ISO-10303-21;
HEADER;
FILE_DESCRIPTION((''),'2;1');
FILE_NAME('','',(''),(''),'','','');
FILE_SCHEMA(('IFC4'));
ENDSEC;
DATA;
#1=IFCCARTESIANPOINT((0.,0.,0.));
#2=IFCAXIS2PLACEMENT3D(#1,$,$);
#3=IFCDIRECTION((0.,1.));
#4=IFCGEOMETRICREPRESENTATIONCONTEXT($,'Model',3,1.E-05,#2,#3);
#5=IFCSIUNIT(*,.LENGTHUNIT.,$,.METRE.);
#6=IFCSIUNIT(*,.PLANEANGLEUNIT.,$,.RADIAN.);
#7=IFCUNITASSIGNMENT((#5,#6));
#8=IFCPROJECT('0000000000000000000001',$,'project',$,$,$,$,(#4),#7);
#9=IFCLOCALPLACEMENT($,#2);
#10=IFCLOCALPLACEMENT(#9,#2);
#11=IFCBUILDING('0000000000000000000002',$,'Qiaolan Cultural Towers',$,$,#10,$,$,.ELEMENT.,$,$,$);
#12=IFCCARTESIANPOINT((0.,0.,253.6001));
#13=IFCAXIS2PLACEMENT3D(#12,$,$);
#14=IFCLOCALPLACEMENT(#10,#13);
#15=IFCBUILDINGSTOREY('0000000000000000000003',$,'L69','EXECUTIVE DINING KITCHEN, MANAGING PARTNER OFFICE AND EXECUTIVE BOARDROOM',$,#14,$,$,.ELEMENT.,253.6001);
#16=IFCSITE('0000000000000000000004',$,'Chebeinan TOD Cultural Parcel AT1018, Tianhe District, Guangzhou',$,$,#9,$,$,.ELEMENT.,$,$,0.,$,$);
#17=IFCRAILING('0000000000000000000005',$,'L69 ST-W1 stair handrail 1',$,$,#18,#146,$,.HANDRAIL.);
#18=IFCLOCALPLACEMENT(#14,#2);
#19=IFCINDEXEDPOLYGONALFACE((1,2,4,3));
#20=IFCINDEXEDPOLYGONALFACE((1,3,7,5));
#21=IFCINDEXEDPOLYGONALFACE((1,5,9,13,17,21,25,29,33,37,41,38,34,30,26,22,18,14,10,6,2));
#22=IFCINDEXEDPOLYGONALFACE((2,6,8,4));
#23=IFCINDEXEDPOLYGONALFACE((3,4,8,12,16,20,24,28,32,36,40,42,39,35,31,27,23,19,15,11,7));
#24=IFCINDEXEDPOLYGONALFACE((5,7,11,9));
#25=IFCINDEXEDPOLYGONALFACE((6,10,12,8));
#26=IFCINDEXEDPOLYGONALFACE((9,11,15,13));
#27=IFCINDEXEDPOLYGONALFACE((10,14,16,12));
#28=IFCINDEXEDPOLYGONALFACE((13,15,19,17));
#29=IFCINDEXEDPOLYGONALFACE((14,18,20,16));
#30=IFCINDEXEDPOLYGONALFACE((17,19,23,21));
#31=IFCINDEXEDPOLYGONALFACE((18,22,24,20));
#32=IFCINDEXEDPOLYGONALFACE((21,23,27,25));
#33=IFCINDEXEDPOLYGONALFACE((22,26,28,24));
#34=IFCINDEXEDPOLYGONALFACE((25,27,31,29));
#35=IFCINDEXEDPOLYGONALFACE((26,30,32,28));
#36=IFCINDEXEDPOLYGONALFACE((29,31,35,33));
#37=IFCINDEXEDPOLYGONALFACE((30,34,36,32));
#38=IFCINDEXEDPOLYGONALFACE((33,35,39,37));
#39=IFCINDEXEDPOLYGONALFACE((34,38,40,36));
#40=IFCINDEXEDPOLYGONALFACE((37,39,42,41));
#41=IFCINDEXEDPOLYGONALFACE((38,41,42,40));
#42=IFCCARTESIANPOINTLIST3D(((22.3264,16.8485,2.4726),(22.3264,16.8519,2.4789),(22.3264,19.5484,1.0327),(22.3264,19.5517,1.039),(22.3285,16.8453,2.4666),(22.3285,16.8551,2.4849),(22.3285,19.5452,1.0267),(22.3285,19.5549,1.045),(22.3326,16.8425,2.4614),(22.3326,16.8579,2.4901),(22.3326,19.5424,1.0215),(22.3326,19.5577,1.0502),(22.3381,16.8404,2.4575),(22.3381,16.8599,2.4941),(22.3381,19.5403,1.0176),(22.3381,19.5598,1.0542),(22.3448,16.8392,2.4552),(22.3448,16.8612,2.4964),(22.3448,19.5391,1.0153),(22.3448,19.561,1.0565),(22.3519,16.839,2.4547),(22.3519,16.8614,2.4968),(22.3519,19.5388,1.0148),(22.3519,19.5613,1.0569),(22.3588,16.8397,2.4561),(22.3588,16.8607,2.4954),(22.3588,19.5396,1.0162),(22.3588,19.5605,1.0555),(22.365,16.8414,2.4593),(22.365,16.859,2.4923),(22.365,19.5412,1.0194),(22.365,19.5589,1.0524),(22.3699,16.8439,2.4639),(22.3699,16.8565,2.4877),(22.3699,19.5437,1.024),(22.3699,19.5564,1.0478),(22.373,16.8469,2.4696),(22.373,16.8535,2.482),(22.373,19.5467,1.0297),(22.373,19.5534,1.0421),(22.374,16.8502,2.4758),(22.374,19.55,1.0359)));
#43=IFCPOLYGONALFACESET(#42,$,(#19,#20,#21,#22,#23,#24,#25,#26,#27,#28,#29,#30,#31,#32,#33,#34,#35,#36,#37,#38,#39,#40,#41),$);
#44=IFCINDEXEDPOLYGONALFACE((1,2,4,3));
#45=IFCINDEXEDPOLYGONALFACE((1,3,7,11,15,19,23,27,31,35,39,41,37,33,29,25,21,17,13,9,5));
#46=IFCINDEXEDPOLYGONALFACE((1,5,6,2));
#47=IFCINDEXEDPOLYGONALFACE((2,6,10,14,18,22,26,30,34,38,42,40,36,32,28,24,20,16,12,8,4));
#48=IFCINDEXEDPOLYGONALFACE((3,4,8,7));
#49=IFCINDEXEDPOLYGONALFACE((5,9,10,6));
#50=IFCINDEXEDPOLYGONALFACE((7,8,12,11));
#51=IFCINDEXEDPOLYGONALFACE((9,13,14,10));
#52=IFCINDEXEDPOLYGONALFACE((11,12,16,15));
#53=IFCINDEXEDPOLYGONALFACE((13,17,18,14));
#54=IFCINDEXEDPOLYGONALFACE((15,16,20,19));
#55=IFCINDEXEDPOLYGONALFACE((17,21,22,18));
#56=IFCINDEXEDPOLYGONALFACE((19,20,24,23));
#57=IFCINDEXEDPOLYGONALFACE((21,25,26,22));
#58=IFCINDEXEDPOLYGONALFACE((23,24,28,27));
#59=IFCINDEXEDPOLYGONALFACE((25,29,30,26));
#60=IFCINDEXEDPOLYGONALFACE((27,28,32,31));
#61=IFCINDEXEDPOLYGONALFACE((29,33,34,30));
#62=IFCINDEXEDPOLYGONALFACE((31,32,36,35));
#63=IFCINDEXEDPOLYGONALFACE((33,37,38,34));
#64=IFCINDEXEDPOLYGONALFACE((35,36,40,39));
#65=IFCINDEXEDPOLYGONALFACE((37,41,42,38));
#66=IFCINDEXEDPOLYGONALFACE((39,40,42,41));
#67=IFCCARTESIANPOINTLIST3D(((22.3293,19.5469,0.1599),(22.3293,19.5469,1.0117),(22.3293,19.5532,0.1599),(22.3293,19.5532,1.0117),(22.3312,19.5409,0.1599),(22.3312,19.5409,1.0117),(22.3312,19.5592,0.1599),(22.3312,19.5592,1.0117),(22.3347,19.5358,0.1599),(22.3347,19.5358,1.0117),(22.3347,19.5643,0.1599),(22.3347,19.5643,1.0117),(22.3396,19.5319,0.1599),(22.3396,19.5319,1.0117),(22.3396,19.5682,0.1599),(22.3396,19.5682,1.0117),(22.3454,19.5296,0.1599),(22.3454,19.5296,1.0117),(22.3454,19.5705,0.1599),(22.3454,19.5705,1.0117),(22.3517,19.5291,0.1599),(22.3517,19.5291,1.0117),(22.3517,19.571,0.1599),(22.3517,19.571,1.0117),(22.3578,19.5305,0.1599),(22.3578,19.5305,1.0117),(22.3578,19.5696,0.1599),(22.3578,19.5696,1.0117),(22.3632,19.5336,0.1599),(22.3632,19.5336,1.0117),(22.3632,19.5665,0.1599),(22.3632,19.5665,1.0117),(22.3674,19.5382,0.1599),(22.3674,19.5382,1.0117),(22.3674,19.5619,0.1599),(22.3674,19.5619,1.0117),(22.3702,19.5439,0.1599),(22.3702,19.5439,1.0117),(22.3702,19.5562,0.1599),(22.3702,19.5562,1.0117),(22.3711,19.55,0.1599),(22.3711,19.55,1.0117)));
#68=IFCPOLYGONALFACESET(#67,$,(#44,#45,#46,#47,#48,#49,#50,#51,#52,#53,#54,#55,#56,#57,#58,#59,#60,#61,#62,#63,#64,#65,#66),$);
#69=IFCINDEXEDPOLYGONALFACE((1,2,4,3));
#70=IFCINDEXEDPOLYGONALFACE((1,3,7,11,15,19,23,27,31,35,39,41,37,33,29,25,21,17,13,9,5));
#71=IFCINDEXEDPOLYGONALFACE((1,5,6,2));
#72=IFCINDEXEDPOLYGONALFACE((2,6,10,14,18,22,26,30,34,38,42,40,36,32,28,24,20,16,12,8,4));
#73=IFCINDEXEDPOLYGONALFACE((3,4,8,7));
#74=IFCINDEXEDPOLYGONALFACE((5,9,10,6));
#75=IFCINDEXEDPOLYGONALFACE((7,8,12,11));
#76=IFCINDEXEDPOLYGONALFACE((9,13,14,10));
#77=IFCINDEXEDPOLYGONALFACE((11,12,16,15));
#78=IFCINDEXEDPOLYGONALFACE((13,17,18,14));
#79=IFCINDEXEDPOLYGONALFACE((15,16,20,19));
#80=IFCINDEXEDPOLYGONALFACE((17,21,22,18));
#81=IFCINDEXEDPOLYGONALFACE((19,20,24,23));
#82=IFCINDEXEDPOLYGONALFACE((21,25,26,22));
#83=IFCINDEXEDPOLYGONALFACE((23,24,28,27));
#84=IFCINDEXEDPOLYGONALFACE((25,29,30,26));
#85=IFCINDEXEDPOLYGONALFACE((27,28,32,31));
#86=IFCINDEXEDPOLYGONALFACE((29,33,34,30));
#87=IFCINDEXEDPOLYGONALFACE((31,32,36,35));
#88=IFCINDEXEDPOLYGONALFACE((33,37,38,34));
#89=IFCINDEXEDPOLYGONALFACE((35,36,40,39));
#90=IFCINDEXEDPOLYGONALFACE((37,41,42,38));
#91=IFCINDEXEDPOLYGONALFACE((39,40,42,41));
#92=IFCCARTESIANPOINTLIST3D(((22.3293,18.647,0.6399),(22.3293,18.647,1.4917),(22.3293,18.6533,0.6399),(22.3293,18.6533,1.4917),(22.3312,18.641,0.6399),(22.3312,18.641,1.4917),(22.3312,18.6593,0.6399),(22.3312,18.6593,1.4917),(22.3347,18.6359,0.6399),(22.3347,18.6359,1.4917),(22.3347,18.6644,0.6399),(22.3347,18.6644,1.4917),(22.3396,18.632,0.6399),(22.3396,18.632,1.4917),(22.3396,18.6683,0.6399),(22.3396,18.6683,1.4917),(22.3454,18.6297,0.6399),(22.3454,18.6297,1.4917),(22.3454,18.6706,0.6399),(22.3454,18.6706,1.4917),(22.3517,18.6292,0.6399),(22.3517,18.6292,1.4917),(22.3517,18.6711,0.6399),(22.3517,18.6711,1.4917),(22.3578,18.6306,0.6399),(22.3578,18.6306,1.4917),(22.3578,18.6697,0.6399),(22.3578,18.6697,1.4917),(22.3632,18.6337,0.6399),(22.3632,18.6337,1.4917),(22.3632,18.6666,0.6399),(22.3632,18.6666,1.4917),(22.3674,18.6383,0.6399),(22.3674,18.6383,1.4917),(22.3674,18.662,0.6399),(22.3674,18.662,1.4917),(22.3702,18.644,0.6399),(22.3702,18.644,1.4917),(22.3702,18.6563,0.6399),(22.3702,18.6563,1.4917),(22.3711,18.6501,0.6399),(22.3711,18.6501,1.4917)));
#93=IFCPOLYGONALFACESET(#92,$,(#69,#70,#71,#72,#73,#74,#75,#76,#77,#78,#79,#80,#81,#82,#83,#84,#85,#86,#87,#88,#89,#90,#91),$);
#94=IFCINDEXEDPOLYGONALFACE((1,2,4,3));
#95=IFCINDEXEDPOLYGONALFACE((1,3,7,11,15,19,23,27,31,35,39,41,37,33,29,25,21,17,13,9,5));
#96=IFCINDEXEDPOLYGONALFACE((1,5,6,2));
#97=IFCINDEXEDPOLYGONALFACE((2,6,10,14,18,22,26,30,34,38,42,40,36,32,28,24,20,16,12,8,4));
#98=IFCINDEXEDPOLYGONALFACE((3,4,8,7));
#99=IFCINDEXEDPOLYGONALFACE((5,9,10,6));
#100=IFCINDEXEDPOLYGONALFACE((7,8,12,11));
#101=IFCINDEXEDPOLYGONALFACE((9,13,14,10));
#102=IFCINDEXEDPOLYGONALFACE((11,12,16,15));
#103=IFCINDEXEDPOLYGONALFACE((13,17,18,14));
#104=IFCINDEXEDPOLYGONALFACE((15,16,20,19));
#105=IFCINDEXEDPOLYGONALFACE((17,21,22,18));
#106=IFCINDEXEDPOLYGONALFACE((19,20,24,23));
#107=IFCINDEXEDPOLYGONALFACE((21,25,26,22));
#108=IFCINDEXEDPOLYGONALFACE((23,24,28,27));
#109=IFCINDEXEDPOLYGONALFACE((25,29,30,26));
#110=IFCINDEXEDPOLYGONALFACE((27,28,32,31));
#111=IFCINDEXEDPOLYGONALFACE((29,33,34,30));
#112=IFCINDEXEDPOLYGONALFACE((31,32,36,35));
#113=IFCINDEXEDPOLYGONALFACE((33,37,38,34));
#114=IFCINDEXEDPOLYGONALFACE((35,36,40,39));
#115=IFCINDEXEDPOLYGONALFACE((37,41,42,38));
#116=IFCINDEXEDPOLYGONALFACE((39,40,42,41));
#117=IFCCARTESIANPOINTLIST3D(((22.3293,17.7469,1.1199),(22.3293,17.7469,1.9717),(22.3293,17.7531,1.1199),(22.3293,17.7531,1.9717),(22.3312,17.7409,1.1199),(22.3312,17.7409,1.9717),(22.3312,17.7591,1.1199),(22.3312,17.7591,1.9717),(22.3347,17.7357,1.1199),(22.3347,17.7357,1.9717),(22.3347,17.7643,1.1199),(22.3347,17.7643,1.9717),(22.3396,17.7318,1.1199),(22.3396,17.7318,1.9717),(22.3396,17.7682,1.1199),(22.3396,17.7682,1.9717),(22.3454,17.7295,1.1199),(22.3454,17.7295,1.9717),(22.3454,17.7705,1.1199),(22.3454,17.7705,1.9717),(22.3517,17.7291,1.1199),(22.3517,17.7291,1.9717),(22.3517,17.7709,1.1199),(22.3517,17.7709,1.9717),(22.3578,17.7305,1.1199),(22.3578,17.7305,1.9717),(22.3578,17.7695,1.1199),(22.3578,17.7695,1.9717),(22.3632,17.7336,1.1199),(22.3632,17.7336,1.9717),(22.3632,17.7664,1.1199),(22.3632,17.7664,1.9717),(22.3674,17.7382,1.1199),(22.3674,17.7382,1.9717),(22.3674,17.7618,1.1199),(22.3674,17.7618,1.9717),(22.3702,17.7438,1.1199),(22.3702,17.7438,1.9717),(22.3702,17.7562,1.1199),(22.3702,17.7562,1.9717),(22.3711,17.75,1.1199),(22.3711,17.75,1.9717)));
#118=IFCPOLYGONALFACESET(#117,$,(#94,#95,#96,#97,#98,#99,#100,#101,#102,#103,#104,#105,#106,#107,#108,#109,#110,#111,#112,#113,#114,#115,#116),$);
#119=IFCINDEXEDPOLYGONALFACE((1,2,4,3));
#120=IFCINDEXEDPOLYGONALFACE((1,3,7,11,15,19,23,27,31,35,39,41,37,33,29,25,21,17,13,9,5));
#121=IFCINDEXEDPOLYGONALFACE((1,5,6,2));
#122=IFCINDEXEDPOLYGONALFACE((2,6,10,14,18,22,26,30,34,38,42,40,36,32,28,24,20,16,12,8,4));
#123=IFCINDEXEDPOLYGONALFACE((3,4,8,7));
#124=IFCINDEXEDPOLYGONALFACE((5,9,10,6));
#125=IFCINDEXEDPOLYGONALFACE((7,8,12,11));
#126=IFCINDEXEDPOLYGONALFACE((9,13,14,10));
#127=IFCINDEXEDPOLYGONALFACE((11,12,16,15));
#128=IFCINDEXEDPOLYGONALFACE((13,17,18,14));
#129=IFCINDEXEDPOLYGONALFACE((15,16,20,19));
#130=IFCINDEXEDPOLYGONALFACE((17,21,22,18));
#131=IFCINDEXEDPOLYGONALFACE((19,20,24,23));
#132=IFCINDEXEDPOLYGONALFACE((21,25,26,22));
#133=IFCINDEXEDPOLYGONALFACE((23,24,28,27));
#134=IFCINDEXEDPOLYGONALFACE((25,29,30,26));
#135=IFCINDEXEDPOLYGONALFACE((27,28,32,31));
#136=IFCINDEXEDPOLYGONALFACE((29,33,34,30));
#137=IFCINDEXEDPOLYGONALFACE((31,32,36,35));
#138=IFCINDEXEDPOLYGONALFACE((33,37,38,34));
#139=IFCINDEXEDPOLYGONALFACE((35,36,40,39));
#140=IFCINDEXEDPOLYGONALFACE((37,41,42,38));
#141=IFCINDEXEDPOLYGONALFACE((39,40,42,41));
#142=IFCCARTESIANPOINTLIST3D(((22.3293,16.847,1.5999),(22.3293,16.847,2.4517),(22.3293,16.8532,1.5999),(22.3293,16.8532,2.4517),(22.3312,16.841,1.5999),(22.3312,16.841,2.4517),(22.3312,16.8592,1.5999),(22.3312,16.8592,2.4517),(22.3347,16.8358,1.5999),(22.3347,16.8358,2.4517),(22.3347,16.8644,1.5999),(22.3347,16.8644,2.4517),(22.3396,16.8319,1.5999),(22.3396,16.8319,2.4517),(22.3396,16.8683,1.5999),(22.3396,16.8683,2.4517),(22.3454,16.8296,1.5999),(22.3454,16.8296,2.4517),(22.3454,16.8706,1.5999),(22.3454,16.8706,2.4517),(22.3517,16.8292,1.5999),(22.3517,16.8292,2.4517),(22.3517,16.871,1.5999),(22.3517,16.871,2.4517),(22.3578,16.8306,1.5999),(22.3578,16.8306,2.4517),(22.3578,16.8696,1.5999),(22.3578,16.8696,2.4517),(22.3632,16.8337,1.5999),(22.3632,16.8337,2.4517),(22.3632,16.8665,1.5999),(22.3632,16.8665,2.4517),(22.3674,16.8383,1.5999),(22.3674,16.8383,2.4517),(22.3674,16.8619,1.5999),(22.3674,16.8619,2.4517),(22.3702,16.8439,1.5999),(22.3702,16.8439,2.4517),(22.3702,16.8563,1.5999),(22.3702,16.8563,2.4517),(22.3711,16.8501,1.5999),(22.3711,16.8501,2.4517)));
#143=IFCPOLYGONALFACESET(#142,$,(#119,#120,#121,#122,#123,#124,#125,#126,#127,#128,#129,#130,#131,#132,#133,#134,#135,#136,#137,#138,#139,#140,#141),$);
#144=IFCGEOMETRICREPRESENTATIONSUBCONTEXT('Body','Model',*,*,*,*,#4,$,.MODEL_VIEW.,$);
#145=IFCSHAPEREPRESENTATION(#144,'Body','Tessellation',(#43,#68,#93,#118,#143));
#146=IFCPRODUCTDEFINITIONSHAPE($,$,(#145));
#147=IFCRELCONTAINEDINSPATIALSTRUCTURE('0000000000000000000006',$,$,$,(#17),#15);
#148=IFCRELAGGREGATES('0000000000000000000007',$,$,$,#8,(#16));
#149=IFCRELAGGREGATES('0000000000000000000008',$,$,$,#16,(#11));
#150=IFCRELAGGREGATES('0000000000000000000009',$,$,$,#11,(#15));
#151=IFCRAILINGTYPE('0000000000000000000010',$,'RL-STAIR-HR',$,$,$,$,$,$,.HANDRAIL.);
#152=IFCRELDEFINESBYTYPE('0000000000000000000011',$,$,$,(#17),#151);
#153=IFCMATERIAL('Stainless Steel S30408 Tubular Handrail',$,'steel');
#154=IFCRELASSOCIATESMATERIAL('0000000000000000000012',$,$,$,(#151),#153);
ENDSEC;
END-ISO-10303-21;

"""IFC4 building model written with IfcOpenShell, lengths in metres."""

from ifc_helpers import new_model, si_unit, direction, frame, origin, origin_2d, place, context, subcontext, project, spatial, circle, extrude, material, type_object, element, save


model = new_model("IFC4")

# Units and contexts
model_context = context("Model", 3, precision=1e-05, world=origin(), true_north=direction((0.0, 1.0)))
body_context = subcontext(model_context, "Body", "Model", "MODEL_VIEW")
ifc_project = project(units=[si_unit("LENGTHUNIT", "METRE"), si_unit("PLANEANGLEUNIT", "RADIAN")], contexts=[model_context])

# Site, building, storey
site_placement = place(None, origin())
site = spatial("IfcSite", under=ifc_project, at=site_placement, Name="Chebeinan TOD Cultural Parcel AT1018, Tianhe District, Guangzhou", CompositionType="ELEMENT", RefElevation=0.0)
building_placement = place(site_placement, origin())
building = spatial("IfcBuilding", under=site, at=building_placement, Name="Qiaolan Cultural Towers", CompositionType="ELEMENT")
storey_placement = place(building_placement, frame((0.0, 0.0, 253.6001)))
storey = spatial("IfcBuildingStorey", under=building, at=storey_placement, Name="L69", Description="EXECUTIVE DINING KITCHEN, MANAGING PARTNER OFFICE AND EXECUTIVE BOARDROOM", CompositionType="ELEMENT", Elevation=253.6001)

# Railing
ifc_material_1 = material(Name="Stainless Steel S30408 Tubular Handrail", Category="steel")
railing_type_1 = type_object("IfcRailingType", Name="RL-STAIR-HR", PredefinedType="HANDRAIL", material=ifc_material_1)
railing_1_placement = place(storey_placement, frame((22.3501, 19.55, 0.1599)))
element("IfcRailing", 1, at=railing_1_placement, inside=storey, type_object=railing_type_1, Name="L69 ST-W1 stair handrail 1", PredefinedType="HANDRAIL", context=body_context, shape_type="SweptSolid", body=[
    extrude(circle(Radius=0.0239, at=origin_2d()), frame((0.0, 0.0, 0.876), z_axis=(0.0, -0.882357, 0.47058), x_axis=(1.0, 0.0, 0.0)), (0.0, 0.0, 1.0), 3.0598),
    extrude(circle(Radius=0.021, at=origin_2d()), origin(), (0.0, 0.0, 1.0), 0.8518),
    extrude(circle(Radius=0.021, at=origin_2d()), frame((0.0, -0.8999, 0.48)), (0.0, 0.0, 1.0), 0.8518),
    extrude(circle(Radius=0.021, at=origin_2d()), frame((0.0, -1.8, 0.96)), (0.0, 0.0, 1.0), 0.8518),
    extrude(circle(Radius=0.021, at=origin_2d()), frame((0.0, -2.7, 1.4399)), (0.0, 0.0, 1.0), 0.8518),
])

save(model, "model.ifc")
